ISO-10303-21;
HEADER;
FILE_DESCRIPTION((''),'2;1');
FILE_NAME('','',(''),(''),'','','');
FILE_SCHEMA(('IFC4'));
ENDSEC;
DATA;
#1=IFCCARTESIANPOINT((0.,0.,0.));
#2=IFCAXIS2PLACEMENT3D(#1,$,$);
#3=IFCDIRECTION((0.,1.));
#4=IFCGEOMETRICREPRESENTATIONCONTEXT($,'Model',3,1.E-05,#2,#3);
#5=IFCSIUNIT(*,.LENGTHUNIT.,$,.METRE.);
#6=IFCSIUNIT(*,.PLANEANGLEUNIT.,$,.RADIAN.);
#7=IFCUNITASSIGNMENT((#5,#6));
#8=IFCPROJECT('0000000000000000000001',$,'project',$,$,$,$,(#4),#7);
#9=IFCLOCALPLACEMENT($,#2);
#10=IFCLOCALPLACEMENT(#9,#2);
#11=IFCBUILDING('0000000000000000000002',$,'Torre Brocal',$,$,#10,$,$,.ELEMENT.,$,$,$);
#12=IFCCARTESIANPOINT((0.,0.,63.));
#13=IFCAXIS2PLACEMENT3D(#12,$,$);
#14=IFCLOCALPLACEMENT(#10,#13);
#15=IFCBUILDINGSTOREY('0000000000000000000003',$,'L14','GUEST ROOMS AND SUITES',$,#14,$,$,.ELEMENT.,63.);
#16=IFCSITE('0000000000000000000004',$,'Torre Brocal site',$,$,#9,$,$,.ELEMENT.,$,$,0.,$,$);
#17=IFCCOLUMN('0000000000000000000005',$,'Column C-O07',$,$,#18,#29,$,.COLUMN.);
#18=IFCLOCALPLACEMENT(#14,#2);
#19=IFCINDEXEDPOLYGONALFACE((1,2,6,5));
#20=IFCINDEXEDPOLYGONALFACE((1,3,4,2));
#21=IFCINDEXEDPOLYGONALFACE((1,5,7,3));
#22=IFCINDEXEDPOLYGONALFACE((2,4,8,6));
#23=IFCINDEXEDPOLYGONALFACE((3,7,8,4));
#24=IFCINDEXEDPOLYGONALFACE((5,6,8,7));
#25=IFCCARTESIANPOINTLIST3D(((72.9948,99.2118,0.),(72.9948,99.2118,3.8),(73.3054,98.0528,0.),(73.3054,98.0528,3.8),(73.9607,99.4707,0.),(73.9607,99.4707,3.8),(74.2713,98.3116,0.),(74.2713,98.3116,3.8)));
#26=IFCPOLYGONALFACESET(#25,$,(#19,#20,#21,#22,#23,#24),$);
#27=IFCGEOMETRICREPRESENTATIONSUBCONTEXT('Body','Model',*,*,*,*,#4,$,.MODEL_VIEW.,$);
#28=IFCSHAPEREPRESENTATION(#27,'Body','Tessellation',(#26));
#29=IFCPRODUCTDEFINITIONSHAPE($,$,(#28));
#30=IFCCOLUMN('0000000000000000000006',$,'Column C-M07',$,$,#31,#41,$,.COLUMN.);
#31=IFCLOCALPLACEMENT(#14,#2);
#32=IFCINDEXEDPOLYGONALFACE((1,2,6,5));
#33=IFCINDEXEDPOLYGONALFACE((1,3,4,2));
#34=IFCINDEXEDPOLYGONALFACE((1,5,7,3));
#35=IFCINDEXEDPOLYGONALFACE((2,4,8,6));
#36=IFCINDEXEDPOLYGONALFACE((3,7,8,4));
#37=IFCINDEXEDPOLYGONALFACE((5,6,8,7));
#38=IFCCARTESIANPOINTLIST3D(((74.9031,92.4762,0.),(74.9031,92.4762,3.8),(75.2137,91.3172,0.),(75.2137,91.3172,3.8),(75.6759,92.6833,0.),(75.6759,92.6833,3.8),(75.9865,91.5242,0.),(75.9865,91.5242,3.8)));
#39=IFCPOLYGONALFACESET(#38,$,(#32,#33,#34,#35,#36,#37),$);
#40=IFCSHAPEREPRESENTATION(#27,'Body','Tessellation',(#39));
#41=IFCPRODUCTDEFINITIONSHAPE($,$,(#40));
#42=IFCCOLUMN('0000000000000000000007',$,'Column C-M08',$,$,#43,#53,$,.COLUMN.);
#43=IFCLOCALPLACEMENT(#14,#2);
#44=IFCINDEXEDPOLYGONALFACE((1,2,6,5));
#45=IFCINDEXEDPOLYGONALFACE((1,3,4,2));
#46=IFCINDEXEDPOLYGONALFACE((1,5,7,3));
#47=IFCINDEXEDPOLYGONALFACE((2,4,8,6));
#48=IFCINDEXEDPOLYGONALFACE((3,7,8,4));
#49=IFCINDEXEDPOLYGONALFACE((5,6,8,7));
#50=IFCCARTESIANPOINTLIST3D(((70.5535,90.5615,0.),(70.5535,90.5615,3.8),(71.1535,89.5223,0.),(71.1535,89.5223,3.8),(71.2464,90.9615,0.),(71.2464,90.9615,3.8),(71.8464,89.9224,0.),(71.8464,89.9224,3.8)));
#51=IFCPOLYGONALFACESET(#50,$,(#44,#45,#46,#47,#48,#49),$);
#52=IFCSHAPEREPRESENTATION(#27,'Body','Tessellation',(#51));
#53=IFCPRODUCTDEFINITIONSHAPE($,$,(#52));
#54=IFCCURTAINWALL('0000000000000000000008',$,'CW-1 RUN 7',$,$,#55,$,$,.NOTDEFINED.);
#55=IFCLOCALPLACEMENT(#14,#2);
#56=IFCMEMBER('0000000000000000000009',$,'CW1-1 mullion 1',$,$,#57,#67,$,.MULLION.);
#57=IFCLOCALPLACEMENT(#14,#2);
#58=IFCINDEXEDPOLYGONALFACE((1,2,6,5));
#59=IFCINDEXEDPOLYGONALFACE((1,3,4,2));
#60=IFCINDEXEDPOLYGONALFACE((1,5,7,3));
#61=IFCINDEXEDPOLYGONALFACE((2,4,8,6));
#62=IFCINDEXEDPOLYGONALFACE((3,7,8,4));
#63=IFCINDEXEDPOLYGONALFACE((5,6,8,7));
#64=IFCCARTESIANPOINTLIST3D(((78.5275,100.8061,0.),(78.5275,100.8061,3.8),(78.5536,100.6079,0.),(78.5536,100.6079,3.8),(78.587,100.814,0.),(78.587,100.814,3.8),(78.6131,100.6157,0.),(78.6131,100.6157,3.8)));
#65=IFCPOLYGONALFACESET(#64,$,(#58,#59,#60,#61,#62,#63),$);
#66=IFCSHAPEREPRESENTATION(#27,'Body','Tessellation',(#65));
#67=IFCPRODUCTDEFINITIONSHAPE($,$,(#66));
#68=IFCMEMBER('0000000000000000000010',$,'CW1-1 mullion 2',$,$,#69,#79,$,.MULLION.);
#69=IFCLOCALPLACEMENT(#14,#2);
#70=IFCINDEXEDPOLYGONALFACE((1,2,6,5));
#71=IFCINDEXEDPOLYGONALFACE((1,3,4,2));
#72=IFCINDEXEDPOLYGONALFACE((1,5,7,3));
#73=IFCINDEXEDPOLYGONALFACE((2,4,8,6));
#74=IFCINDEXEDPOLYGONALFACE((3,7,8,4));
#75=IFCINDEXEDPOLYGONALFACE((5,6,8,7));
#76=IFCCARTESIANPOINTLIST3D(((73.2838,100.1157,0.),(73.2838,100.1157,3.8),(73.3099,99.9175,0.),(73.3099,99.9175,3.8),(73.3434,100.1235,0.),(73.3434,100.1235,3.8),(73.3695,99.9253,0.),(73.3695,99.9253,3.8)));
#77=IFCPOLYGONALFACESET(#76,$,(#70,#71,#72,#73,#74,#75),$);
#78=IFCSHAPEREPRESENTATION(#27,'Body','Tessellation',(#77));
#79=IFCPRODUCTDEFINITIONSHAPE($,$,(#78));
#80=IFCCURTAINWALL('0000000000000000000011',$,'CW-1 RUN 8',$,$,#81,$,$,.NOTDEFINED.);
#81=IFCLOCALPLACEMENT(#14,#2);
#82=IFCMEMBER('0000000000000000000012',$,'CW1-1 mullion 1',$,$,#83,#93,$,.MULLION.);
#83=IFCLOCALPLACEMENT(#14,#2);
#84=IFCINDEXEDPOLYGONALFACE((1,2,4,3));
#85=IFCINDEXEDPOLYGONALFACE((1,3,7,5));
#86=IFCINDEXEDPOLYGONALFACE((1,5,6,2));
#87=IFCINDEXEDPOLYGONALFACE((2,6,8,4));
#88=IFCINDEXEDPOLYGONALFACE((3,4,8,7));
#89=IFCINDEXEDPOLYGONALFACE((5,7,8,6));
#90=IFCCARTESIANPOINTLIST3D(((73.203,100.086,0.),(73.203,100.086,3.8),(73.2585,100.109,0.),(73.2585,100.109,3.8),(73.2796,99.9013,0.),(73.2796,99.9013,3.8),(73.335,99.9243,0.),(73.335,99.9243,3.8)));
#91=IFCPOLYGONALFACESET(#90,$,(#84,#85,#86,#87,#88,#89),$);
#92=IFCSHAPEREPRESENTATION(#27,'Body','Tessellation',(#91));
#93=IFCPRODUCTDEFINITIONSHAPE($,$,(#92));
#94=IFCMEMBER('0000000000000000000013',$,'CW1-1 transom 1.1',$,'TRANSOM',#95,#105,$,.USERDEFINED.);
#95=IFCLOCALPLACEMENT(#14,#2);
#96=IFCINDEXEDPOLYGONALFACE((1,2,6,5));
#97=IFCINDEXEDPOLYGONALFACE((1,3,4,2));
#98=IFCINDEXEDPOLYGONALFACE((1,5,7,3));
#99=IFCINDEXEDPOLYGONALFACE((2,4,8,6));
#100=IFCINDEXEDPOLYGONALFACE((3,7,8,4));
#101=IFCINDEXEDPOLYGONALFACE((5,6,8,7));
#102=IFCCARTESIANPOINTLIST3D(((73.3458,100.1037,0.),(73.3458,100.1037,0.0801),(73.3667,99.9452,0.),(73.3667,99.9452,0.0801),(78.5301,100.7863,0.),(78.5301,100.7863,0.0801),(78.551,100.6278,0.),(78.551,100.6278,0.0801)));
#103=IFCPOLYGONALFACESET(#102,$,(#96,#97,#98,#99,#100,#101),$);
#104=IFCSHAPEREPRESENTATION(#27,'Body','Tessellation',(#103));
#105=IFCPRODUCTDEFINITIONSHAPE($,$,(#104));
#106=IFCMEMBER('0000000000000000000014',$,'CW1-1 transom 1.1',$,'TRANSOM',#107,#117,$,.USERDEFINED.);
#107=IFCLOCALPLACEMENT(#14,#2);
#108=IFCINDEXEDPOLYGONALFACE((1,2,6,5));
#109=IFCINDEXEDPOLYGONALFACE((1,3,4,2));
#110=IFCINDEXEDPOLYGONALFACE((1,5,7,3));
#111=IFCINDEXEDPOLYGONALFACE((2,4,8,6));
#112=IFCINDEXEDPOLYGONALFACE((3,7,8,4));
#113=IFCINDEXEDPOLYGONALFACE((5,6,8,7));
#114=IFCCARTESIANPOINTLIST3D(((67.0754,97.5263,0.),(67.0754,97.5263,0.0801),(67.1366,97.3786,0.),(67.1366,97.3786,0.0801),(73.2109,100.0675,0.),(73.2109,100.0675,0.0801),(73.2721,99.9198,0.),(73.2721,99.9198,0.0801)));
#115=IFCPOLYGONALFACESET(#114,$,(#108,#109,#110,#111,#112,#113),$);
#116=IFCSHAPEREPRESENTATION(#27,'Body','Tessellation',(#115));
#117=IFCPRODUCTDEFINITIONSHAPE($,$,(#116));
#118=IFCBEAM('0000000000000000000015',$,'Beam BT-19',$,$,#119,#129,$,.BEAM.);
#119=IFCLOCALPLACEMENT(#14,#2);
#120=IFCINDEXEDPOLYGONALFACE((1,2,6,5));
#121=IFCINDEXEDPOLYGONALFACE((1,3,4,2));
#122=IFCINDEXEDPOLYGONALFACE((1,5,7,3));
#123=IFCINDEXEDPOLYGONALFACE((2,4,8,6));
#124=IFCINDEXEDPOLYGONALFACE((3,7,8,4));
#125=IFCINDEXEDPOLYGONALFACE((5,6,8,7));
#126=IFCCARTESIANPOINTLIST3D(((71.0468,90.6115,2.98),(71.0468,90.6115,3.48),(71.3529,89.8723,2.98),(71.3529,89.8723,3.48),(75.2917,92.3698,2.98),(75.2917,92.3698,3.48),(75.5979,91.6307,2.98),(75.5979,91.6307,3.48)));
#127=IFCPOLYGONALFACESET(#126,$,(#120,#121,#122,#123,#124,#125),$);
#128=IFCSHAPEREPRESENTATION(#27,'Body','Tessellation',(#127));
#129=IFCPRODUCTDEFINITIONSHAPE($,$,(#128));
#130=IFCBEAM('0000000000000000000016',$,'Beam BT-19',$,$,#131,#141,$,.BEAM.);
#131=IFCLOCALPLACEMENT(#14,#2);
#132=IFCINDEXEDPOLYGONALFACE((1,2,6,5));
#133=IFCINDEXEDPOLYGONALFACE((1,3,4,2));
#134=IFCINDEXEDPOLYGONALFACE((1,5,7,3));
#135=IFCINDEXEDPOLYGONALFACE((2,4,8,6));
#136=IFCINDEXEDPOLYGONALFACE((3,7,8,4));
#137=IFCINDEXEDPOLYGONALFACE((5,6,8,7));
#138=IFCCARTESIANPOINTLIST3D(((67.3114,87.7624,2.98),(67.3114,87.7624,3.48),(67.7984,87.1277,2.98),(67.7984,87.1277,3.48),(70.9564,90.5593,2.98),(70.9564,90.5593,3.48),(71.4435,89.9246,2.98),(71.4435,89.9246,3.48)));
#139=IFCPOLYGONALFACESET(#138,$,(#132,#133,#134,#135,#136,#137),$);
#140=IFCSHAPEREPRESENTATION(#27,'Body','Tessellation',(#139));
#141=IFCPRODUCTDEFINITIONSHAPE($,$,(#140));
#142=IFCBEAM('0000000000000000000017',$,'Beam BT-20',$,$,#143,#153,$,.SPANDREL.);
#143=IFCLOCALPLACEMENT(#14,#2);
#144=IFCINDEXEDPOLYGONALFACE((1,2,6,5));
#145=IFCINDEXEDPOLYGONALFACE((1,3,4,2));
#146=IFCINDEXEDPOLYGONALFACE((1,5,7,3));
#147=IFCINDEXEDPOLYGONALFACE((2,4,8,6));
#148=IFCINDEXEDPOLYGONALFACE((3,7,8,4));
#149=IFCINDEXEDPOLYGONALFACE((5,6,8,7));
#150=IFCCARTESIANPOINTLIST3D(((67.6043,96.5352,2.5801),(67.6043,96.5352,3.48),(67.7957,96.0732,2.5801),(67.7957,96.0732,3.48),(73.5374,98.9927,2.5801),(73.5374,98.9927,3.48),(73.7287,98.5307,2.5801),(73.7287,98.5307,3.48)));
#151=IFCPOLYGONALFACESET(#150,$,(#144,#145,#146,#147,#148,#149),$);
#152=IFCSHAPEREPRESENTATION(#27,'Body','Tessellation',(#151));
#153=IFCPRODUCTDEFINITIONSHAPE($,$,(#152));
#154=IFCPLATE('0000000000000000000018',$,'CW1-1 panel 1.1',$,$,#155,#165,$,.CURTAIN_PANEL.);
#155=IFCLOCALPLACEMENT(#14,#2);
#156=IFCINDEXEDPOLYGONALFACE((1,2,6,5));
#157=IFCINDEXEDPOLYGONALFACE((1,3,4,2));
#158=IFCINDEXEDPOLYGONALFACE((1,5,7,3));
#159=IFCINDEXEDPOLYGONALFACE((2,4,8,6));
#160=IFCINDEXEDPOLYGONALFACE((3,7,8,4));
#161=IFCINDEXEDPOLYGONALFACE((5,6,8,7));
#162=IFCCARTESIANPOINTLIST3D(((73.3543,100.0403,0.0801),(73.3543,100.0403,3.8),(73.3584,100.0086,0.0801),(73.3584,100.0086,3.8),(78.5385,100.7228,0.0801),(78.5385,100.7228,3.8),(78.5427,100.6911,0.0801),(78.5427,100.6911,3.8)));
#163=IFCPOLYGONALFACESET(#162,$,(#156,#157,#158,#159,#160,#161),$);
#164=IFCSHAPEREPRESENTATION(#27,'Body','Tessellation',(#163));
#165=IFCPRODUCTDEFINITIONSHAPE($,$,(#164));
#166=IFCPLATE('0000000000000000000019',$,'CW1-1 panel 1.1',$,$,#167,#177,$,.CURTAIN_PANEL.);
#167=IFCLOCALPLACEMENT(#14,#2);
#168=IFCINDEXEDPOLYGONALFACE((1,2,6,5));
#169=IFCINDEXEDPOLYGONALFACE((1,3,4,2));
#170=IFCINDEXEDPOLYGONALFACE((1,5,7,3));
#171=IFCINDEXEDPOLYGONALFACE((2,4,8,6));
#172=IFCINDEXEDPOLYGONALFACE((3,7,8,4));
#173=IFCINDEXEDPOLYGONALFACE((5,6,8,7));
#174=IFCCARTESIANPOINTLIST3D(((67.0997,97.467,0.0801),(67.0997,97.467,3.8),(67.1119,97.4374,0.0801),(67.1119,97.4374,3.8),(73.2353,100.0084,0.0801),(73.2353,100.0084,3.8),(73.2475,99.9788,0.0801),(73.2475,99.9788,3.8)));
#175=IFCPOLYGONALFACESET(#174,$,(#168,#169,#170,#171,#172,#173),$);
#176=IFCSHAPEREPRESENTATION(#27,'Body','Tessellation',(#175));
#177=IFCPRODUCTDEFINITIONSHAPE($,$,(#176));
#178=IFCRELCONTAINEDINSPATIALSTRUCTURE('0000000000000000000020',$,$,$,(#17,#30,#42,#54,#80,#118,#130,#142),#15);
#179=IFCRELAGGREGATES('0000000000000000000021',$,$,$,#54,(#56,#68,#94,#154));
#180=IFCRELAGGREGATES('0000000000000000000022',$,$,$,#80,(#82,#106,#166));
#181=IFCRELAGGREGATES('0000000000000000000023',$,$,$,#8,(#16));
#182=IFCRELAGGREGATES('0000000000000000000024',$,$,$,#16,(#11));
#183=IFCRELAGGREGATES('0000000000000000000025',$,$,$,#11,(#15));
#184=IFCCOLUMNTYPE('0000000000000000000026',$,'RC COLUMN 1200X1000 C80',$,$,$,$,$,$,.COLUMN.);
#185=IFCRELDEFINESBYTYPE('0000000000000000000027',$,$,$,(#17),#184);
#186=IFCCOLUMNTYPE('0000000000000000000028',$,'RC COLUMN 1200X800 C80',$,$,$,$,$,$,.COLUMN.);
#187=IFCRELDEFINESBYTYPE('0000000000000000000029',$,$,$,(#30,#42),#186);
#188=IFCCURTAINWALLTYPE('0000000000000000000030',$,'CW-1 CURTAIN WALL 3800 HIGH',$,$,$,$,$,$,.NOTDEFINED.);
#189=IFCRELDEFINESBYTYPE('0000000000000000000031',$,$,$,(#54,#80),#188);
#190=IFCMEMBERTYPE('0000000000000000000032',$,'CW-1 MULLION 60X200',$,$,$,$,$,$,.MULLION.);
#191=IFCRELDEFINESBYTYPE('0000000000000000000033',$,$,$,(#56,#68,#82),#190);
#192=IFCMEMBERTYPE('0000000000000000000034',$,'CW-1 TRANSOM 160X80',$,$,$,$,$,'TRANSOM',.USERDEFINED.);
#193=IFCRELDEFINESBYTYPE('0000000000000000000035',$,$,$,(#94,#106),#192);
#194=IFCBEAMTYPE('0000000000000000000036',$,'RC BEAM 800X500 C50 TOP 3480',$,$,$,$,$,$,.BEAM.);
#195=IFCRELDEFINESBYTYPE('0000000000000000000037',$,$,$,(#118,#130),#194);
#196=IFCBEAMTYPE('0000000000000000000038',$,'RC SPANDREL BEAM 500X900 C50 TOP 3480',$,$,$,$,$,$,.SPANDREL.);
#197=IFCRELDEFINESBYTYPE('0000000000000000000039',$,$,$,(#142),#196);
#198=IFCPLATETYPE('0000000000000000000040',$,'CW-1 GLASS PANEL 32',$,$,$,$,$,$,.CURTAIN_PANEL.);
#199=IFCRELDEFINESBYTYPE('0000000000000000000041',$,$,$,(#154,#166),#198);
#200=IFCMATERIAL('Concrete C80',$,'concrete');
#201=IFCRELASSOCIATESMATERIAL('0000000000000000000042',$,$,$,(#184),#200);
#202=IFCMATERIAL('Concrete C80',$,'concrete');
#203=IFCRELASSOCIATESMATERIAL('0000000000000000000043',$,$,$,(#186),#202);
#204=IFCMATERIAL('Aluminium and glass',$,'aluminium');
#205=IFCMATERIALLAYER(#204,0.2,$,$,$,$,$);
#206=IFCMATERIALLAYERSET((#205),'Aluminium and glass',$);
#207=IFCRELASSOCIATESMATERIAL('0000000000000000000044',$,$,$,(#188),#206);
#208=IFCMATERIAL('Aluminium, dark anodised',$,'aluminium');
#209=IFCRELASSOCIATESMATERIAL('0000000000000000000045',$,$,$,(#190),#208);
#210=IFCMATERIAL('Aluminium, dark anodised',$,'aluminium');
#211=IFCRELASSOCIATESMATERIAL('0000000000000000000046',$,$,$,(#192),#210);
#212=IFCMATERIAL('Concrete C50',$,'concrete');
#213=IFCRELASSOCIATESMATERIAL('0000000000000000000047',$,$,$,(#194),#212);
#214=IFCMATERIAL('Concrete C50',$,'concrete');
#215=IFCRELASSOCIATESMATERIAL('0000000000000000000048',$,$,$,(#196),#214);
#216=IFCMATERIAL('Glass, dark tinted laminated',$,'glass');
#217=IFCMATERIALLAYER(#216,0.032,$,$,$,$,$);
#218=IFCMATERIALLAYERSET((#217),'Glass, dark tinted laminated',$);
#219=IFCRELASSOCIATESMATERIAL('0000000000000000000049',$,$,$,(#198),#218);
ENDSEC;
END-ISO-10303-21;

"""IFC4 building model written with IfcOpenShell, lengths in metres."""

from ifc_helpers import new_model, si_unit, direction, frame, origin, origin_2d, place, context, subcontext, project, spatial, rectangle, extrude, material, layer, layer_set, material_profile, profile_set, type_object, element, aggregate, save


model = new_model("IFC4")

# Units and contexts
model_context = context("Model", 3, precision=1e-05, world=origin(), true_north=direction((0.0, 1.0)))
body_context = subcontext(model_context, "Body", "Model", "MODEL_VIEW")
ifc_project = project(units=[si_unit("LENGTHUNIT", "METRE"), si_unit("PLANEANGLEUNIT", "RADIAN")], contexts=[model_context])

# Site, building, storey
site_placement = place(None, origin())
site = spatial("IfcSite", under=ifc_project, at=site_placement, Name="Torre Brocal site", CompositionType="ELEMENT", RefElevation=0.0)
building_placement = place(site_placement, origin())
building = spatial("IfcBuilding", under=site, at=building_placement, Name="Torre Brocal", CompositionType="ELEMENT")
storey_placement = place(building_placement, frame((0.0, 0.0, 63.0)))
storey = spatial("IfcBuildingStorey", under=building, at=storey_placement, Name="L14", Description="GUEST ROOMS AND SUITES", CompositionType="ELEMENT", Elevation=63.0)

# Columns
ifc_material_1 = material(Name="Concrete C80", Category="concrete")
ifc_material_profile_1 = material_profile(ifc_material_1, rectangle(XDim=1.2, YDim=1.0, at=origin_2d()), Name="RC 1200X1000")
ifc_profile_set_1 = profile_set([ifc_material_profile_1], Name="Concrete C80")
column_type_1 = type_object("IfcColumnType", Name="RC COLUMN 1200X1000 C80", PredefinedType="COLUMN", material=ifc_profile_set_1)
column_placement = place(storey_placement, frame((73.6331, 98.7617, 0.0), z_axis=(0.0, 0.0, 1.0), x_axis=(-0.258819, 0.965926, 0.0)))
element("IfcColumn", 1, at=column_placement, inside=storey, type_object=column_type_1, Name="Column C-O07", PredefinedType="COLUMN", context=body_context, shape_type="SweptSolid", body=[
    extrude(rectangle(XDim=1.2, YDim=1.0, at=origin_2d()), origin(), (0.0, 0.0, 1.0), 3.8),
])
ifc_material_2 = material(Name="Concrete C80", Category="concrete")
ifc_material_profile_2 = material_profile(ifc_material_2, rectangle(XDim=1.2, YDim=0.8, at=origin_2d()), Name="RC 1200X800")
ifc_profile_set_2 = profile_set([ifc_material_profile_2], Name="Concrete C80")
column_type_2 = type_object("IfcColumnType", Name="RC COLUMN 1200X800 C80", PredefinedType="COLUMN", material=ifc_profile_set_2)
for number, where, z_axis, x_axis, name in (
    (2, (75.4448, 92.0002, 0.0), (0.0, 0.0, 1.0), (-0.258819, 0.965926, 0.0), "Column C-M07"),
    (3, (71.2, 90.2419, 0.0), (0.0, 0.0, 1.0), (-0.5, 0.866025, 0.0), "Column C-M08"),
):
    element("IfcColumn", number, at=place(storey_placement, frame(where, z_axis=z_axis, x_axis=x_axis)), inside=storey, type_object=column_type_2, Name=name, PredefinedType="COLUMN", context=body_context, shape_type="SweptSolid", body=[
        extrude(rectangle(XDim=1.2, YDim=0.8, at=origin_2d()), origin(), (0.0, 0.0, 1.0), 3.8),
    ])

# Curtain wall, members
ifc_material_3 = material(Name="Aluminium and glass", Category="aluminium")
ifc_layer_1 = layer(ifc_material_3, 0.2)
ifc_layer_set_1 = layer_set([ifc_layer_1], Name="Aluminium and glass")
curtain_wall_type = type_object("IfcCurtainWallType", Name="CW-1 CURTAIN WALL 3800 HIGH", PredefinedType="NOTDEFINED", material=ifc_layer_set_1)
curtain_wall_1_placement = place(storey_placement, origin())
curtain_wall_1 = element("IfcCurtainWall", 4, at=curtain_wall_1_placement, inside=storey, type_object=curtain_wall_type, Name="CW-1 RUN 7", PredefinedType="NOTDEFINED")
ifc_material_4 = material(Name="Aluminium, dark anodised", Category="aluminium")
ifc_material_profile_3 = material_profile(ifc_material_4, rectangle(XDim=0.2, YDim=0.0601, at=origin_2d()), Name="CW-1 MULLION 60X200")
ifc_profile_set_3 = profile_set([ifc_material_profile_3], Name="Aluminium, dark anodised")
member_type_1 = type_object("IfcMemberType", Name="CW-1 MULLION 60X200", PredefinedType="MULLION", material=ifc_profile_set_3)
member_1_placement = place(storey_placement, frame((78.5703, 100.7109, 0.0), z_axis=(0.0, 0.0, 1.0), x_axis=(0.130526, -0.991445, 0.0)))
member_1 = element("IfcMember", 5, at=member_1_placement, type_object=member_type_1, Name="CW1-1 mullion 1", PredefinedType="MULLION", context=body_context, shape_type="SweptSolid", body=[
    extrude(rectangle(XDim=0.2, YDim=0.0601, at=origin_2d()), origin(), (0.0, 0.0, 1.0), 3.8),
])
member_2_placement = place(storey_placement, frame((73.3267, 100.0205, 0.0), z_axis=(0.0, 0.0, 1.0), x_axis=(0.130526, -0.991445, 0.0)))
member_2 = element("IfcMember", 6, at=member_2_placement, type_object=member_type_1, Name="CW1-1 mullion 2", PredefinedType="MULLION", context=body_context, shape_type="SweptSolid", body=[
    extrude(rectangle(XDim=0.2, YDim=0.0601, at=origin_2d()), origin(), (0.0, 0.0, 1.0), 3.8),
])

# Curtain wall, member
curtain_wall_2_placement = place(storey_placement, origin())
curtain_wall_2 = element("IfcCurtainWall", 7, at=curtain_wall_2_placement, inside=storey, type_object=curtain_wall_type, Name="CW-1 RUN 8", PredefinedType="NOTDEFINED")
member_3_placement = place(storey_placement, frame((73.269, 100.0051, 0.0), z_axis=(0.0, 0.0, 1.0), x_axis=(0.382683, -0.92388, 0.0)))
member_3 = element("IfcMember", 8, at=member_3_placement, type_object=member_type_1, Name="CW1-1 mullion 1", PredefinedType="MULLION", context=body_context, shape_type="SweptSolid", body=[
    extrude(rectangle(XDim=0.2, YDim=0.0601, at=origin_2d()), origin(), (0.0, 0.0, 1.0), 3.8),
])

# Members
ifc_material_5 = material(Name="Aluminium, dark anodised", Category="aluminium")
ifc_material_profile_4 = material_profile(ifc_material_5, rectangle(XDim=0.1599, YDim=0.0801, at=origin_2d()), Name="CW-1 TRANSOM 160X80")
ifc_profile_set_4 = profile_set([ifc_material_profile_4], Name="Aluminium, dark anodised")
member_type_2 = type_object("IfcMemberType", Name="CW-1 TRANSOM 160X80", ElementType="TRANSOM", PredefinedType="USERDEFINED", material=ifc_profile_set_4)
member_4_placement = place(storey_placement, frame((78.5405, 100.707, 0.04), z_axis=(-0.991443, -0.130543, 0.0), x_axis=(0.130543, -0.991443, 0.0)))
member_4 = element("IfcMember", 9, at=member_4_placement, type_object=member_type_2, Name="CW1-1 transom 1.1", ObjectType="TRANSOM", PredefinedType="USERDEFINED", context=body_context, shape_type="SweptSolid", body=[
    extrude(rectangle(XDim=0.1599, YDim=0.0801, at=origin_2d()), origin(), (0.0, 0.0, 1.0), 5.229),
])
member_5_placement = place(storey_placement, frame((73.2415, 99.9937, 0.04), z_axis=(-0.923887, -0.382665, 0.0), x_axis=(0.382665, -0.923887, 0.0)))
member_5 = element("IfcMember", 10, at=member_5_placement, type_object=member_type_2, Name="CW1-1 transom 1.1", ObjectType="TRANSOM", PredefinedType="USERDEFINED", context=body_context, shape_type="SweptSolid", body=[
    extrude(rectangle(XDim=0.1599, YDim=0.0801, at=origin_2d()), origin(), (0.0, 0.0, 1.0), 6.6409),
])

# Beams
ifc_material_6 = material(Name="Concrete C50", Category="concrete")
ifc_material_profile_5 = material_profile(ifc_material_6, rectangle(XDim=0.8, YDim=0.5, at=origin_2d()), Name="RC 800X500")
ifc_profile_set_5 = profile_set([ifc_material_profile_5], Name="Concrete C50")
beam_type_1 = type_object("IfcBeamType", Name="RC BEAM 800X500 C50 TOP 3480", PredefinedType="BEAM", material=ifc_profile_set_5)
beam_1_placement = place(storey_placement, frame((75.4448, 92.0002, 3.23), z_axis=(-0.923878, -0.382687, 0.0), x_axis=(0.382687, -0.923878, 0.0)))
element("IfcBeam", 11, at=beam_1_placement, inside=storey, type_object=beam_type_1, Name="Beam BT-19", PredefinedType="BEAM", context=body_context, shape_type="SweptSolid", body=[
    extrude(rectangle(XDim=0.8, YDim=0.5, at=origin_2d()), origin(), (0.0, 0.0, 1.0), 4.5947),
])
beam_2_placement = place(storey_placement, frame((71.2, 90.2419, 3.23), z_axis=(-0.793358, -0.608755, 0.0), x_axis=(0.608755, -0.793358, 0.0)))
element("IfcBeam", 12, at=beam_2_placement, inside=storey, type_object=beam_type_1, Name="Beam BT-19", PredefinedType="BEAM", context=body_context, shape_type="SweptSolid", body=[
    extrude(rectangle(XDim=0.8, YDim=0.5, at=origin_2d()), origin(), (0.0, 0.0, 1.0), 4.5945),
])
ifc_material_7 = material(Name="Concrete C50", Category="concrete")
ifc_material_profile_6 = material_profile(ifc_material_7, rectangle(XDim=0.5, YDim=0.8999, at=origin_2d()), Name="RC 500X900")
ifc_profile_set_6 = profile_set([ifc_material_profile_6], Name="Concrete C50")
beam_type_2 = type_object("IfcBeamType", Name="RC SPANDREL BEAM 500X900 C50 TOP 3480", PredefinedType="SPANDREL", material=ifc_profile_set_6)
beam_3_placement = place(storey_placement, frame((73.6331, 98.7617, 3.03), z_axis=(-0.923882, -0.382676, 0.0), x_axis=(0.382676, -0.923882, 0.0)))
element("IfcBeam", 13, at=beam_3_placement, inside=storey, type_object=beam_type_2, Name="Beam BT-20", PredefinedType="SPANDREL", context=body_context, shape_type="SweptSolid", body=[
    extrude(rectangle(XDim=0.5, YDim=0.8999, at=origin_2d()), origin(), (0.0, 0.0, 1.0), 6.4219),
])

# Plates
ifc_material_8 = material(Name="Glass, dark tinted laminated", Category="glass")
ifc_layer_2 = layer(ifc_material_8, 0.032)
ifc_layer_set_2 = layer_set([ifc_layer_2], Name="Glass, dark tinted laminated")
plate_type = type_object("IfcPlateType", Name="CW-1 GLASS PANEL 32", PredefinedType="CURTAIN_PANEL", material=ifc_layer_set_2)
plate_1_placement = place(storey_placement, frame((75.9485, 100.3657, 0.0801), z_axis=(0.0, 0.0, 1.0), x_axis=(-0.991445, -0.130526, 0.0)))
plate_1 = element("IfcPlate", 14, at=plate_1_placement, type_object=plate_type, Name="CW1-1 panel 1.1", PredefinedType="CURTAIN_PANEL", context=body_context, shape_type="SweptSolid", body=[
    extrude(rectangle(XDim=5.229, YDim=0.032, at=origin_2d()), origin(), (0.0, 0.0, 1.0), 3.72),
])
aggregate(curtain_wall_1, [member_1, member_2, member_4, plate_1])
plate_2_placement = place(storey_placement, frame((70.1736, 98.7229, 0.0801), z_axis=(0.0, 0.0, 1.0), x_axis=(-0.92388, -0.382683, 0.0)))
plate_2 = element("IfcPlate", 15, at=plate_2_placement, type_object=plate_type, Name="CW1-1 panel 1.1", PredefinedType="CURTAIN_PANEL", context=body_context, shape_type="SweptSolid", body=[
    extrude(rectangle(XDim=6.6411, YDim=0.032, at=origin_2d()), origin(), (0.0, 0.0, 1.0), 3.72),
])
aggregate(curtain_wall_2, [member_3, member_5, plate_2])

save(model, "model.ifc")
